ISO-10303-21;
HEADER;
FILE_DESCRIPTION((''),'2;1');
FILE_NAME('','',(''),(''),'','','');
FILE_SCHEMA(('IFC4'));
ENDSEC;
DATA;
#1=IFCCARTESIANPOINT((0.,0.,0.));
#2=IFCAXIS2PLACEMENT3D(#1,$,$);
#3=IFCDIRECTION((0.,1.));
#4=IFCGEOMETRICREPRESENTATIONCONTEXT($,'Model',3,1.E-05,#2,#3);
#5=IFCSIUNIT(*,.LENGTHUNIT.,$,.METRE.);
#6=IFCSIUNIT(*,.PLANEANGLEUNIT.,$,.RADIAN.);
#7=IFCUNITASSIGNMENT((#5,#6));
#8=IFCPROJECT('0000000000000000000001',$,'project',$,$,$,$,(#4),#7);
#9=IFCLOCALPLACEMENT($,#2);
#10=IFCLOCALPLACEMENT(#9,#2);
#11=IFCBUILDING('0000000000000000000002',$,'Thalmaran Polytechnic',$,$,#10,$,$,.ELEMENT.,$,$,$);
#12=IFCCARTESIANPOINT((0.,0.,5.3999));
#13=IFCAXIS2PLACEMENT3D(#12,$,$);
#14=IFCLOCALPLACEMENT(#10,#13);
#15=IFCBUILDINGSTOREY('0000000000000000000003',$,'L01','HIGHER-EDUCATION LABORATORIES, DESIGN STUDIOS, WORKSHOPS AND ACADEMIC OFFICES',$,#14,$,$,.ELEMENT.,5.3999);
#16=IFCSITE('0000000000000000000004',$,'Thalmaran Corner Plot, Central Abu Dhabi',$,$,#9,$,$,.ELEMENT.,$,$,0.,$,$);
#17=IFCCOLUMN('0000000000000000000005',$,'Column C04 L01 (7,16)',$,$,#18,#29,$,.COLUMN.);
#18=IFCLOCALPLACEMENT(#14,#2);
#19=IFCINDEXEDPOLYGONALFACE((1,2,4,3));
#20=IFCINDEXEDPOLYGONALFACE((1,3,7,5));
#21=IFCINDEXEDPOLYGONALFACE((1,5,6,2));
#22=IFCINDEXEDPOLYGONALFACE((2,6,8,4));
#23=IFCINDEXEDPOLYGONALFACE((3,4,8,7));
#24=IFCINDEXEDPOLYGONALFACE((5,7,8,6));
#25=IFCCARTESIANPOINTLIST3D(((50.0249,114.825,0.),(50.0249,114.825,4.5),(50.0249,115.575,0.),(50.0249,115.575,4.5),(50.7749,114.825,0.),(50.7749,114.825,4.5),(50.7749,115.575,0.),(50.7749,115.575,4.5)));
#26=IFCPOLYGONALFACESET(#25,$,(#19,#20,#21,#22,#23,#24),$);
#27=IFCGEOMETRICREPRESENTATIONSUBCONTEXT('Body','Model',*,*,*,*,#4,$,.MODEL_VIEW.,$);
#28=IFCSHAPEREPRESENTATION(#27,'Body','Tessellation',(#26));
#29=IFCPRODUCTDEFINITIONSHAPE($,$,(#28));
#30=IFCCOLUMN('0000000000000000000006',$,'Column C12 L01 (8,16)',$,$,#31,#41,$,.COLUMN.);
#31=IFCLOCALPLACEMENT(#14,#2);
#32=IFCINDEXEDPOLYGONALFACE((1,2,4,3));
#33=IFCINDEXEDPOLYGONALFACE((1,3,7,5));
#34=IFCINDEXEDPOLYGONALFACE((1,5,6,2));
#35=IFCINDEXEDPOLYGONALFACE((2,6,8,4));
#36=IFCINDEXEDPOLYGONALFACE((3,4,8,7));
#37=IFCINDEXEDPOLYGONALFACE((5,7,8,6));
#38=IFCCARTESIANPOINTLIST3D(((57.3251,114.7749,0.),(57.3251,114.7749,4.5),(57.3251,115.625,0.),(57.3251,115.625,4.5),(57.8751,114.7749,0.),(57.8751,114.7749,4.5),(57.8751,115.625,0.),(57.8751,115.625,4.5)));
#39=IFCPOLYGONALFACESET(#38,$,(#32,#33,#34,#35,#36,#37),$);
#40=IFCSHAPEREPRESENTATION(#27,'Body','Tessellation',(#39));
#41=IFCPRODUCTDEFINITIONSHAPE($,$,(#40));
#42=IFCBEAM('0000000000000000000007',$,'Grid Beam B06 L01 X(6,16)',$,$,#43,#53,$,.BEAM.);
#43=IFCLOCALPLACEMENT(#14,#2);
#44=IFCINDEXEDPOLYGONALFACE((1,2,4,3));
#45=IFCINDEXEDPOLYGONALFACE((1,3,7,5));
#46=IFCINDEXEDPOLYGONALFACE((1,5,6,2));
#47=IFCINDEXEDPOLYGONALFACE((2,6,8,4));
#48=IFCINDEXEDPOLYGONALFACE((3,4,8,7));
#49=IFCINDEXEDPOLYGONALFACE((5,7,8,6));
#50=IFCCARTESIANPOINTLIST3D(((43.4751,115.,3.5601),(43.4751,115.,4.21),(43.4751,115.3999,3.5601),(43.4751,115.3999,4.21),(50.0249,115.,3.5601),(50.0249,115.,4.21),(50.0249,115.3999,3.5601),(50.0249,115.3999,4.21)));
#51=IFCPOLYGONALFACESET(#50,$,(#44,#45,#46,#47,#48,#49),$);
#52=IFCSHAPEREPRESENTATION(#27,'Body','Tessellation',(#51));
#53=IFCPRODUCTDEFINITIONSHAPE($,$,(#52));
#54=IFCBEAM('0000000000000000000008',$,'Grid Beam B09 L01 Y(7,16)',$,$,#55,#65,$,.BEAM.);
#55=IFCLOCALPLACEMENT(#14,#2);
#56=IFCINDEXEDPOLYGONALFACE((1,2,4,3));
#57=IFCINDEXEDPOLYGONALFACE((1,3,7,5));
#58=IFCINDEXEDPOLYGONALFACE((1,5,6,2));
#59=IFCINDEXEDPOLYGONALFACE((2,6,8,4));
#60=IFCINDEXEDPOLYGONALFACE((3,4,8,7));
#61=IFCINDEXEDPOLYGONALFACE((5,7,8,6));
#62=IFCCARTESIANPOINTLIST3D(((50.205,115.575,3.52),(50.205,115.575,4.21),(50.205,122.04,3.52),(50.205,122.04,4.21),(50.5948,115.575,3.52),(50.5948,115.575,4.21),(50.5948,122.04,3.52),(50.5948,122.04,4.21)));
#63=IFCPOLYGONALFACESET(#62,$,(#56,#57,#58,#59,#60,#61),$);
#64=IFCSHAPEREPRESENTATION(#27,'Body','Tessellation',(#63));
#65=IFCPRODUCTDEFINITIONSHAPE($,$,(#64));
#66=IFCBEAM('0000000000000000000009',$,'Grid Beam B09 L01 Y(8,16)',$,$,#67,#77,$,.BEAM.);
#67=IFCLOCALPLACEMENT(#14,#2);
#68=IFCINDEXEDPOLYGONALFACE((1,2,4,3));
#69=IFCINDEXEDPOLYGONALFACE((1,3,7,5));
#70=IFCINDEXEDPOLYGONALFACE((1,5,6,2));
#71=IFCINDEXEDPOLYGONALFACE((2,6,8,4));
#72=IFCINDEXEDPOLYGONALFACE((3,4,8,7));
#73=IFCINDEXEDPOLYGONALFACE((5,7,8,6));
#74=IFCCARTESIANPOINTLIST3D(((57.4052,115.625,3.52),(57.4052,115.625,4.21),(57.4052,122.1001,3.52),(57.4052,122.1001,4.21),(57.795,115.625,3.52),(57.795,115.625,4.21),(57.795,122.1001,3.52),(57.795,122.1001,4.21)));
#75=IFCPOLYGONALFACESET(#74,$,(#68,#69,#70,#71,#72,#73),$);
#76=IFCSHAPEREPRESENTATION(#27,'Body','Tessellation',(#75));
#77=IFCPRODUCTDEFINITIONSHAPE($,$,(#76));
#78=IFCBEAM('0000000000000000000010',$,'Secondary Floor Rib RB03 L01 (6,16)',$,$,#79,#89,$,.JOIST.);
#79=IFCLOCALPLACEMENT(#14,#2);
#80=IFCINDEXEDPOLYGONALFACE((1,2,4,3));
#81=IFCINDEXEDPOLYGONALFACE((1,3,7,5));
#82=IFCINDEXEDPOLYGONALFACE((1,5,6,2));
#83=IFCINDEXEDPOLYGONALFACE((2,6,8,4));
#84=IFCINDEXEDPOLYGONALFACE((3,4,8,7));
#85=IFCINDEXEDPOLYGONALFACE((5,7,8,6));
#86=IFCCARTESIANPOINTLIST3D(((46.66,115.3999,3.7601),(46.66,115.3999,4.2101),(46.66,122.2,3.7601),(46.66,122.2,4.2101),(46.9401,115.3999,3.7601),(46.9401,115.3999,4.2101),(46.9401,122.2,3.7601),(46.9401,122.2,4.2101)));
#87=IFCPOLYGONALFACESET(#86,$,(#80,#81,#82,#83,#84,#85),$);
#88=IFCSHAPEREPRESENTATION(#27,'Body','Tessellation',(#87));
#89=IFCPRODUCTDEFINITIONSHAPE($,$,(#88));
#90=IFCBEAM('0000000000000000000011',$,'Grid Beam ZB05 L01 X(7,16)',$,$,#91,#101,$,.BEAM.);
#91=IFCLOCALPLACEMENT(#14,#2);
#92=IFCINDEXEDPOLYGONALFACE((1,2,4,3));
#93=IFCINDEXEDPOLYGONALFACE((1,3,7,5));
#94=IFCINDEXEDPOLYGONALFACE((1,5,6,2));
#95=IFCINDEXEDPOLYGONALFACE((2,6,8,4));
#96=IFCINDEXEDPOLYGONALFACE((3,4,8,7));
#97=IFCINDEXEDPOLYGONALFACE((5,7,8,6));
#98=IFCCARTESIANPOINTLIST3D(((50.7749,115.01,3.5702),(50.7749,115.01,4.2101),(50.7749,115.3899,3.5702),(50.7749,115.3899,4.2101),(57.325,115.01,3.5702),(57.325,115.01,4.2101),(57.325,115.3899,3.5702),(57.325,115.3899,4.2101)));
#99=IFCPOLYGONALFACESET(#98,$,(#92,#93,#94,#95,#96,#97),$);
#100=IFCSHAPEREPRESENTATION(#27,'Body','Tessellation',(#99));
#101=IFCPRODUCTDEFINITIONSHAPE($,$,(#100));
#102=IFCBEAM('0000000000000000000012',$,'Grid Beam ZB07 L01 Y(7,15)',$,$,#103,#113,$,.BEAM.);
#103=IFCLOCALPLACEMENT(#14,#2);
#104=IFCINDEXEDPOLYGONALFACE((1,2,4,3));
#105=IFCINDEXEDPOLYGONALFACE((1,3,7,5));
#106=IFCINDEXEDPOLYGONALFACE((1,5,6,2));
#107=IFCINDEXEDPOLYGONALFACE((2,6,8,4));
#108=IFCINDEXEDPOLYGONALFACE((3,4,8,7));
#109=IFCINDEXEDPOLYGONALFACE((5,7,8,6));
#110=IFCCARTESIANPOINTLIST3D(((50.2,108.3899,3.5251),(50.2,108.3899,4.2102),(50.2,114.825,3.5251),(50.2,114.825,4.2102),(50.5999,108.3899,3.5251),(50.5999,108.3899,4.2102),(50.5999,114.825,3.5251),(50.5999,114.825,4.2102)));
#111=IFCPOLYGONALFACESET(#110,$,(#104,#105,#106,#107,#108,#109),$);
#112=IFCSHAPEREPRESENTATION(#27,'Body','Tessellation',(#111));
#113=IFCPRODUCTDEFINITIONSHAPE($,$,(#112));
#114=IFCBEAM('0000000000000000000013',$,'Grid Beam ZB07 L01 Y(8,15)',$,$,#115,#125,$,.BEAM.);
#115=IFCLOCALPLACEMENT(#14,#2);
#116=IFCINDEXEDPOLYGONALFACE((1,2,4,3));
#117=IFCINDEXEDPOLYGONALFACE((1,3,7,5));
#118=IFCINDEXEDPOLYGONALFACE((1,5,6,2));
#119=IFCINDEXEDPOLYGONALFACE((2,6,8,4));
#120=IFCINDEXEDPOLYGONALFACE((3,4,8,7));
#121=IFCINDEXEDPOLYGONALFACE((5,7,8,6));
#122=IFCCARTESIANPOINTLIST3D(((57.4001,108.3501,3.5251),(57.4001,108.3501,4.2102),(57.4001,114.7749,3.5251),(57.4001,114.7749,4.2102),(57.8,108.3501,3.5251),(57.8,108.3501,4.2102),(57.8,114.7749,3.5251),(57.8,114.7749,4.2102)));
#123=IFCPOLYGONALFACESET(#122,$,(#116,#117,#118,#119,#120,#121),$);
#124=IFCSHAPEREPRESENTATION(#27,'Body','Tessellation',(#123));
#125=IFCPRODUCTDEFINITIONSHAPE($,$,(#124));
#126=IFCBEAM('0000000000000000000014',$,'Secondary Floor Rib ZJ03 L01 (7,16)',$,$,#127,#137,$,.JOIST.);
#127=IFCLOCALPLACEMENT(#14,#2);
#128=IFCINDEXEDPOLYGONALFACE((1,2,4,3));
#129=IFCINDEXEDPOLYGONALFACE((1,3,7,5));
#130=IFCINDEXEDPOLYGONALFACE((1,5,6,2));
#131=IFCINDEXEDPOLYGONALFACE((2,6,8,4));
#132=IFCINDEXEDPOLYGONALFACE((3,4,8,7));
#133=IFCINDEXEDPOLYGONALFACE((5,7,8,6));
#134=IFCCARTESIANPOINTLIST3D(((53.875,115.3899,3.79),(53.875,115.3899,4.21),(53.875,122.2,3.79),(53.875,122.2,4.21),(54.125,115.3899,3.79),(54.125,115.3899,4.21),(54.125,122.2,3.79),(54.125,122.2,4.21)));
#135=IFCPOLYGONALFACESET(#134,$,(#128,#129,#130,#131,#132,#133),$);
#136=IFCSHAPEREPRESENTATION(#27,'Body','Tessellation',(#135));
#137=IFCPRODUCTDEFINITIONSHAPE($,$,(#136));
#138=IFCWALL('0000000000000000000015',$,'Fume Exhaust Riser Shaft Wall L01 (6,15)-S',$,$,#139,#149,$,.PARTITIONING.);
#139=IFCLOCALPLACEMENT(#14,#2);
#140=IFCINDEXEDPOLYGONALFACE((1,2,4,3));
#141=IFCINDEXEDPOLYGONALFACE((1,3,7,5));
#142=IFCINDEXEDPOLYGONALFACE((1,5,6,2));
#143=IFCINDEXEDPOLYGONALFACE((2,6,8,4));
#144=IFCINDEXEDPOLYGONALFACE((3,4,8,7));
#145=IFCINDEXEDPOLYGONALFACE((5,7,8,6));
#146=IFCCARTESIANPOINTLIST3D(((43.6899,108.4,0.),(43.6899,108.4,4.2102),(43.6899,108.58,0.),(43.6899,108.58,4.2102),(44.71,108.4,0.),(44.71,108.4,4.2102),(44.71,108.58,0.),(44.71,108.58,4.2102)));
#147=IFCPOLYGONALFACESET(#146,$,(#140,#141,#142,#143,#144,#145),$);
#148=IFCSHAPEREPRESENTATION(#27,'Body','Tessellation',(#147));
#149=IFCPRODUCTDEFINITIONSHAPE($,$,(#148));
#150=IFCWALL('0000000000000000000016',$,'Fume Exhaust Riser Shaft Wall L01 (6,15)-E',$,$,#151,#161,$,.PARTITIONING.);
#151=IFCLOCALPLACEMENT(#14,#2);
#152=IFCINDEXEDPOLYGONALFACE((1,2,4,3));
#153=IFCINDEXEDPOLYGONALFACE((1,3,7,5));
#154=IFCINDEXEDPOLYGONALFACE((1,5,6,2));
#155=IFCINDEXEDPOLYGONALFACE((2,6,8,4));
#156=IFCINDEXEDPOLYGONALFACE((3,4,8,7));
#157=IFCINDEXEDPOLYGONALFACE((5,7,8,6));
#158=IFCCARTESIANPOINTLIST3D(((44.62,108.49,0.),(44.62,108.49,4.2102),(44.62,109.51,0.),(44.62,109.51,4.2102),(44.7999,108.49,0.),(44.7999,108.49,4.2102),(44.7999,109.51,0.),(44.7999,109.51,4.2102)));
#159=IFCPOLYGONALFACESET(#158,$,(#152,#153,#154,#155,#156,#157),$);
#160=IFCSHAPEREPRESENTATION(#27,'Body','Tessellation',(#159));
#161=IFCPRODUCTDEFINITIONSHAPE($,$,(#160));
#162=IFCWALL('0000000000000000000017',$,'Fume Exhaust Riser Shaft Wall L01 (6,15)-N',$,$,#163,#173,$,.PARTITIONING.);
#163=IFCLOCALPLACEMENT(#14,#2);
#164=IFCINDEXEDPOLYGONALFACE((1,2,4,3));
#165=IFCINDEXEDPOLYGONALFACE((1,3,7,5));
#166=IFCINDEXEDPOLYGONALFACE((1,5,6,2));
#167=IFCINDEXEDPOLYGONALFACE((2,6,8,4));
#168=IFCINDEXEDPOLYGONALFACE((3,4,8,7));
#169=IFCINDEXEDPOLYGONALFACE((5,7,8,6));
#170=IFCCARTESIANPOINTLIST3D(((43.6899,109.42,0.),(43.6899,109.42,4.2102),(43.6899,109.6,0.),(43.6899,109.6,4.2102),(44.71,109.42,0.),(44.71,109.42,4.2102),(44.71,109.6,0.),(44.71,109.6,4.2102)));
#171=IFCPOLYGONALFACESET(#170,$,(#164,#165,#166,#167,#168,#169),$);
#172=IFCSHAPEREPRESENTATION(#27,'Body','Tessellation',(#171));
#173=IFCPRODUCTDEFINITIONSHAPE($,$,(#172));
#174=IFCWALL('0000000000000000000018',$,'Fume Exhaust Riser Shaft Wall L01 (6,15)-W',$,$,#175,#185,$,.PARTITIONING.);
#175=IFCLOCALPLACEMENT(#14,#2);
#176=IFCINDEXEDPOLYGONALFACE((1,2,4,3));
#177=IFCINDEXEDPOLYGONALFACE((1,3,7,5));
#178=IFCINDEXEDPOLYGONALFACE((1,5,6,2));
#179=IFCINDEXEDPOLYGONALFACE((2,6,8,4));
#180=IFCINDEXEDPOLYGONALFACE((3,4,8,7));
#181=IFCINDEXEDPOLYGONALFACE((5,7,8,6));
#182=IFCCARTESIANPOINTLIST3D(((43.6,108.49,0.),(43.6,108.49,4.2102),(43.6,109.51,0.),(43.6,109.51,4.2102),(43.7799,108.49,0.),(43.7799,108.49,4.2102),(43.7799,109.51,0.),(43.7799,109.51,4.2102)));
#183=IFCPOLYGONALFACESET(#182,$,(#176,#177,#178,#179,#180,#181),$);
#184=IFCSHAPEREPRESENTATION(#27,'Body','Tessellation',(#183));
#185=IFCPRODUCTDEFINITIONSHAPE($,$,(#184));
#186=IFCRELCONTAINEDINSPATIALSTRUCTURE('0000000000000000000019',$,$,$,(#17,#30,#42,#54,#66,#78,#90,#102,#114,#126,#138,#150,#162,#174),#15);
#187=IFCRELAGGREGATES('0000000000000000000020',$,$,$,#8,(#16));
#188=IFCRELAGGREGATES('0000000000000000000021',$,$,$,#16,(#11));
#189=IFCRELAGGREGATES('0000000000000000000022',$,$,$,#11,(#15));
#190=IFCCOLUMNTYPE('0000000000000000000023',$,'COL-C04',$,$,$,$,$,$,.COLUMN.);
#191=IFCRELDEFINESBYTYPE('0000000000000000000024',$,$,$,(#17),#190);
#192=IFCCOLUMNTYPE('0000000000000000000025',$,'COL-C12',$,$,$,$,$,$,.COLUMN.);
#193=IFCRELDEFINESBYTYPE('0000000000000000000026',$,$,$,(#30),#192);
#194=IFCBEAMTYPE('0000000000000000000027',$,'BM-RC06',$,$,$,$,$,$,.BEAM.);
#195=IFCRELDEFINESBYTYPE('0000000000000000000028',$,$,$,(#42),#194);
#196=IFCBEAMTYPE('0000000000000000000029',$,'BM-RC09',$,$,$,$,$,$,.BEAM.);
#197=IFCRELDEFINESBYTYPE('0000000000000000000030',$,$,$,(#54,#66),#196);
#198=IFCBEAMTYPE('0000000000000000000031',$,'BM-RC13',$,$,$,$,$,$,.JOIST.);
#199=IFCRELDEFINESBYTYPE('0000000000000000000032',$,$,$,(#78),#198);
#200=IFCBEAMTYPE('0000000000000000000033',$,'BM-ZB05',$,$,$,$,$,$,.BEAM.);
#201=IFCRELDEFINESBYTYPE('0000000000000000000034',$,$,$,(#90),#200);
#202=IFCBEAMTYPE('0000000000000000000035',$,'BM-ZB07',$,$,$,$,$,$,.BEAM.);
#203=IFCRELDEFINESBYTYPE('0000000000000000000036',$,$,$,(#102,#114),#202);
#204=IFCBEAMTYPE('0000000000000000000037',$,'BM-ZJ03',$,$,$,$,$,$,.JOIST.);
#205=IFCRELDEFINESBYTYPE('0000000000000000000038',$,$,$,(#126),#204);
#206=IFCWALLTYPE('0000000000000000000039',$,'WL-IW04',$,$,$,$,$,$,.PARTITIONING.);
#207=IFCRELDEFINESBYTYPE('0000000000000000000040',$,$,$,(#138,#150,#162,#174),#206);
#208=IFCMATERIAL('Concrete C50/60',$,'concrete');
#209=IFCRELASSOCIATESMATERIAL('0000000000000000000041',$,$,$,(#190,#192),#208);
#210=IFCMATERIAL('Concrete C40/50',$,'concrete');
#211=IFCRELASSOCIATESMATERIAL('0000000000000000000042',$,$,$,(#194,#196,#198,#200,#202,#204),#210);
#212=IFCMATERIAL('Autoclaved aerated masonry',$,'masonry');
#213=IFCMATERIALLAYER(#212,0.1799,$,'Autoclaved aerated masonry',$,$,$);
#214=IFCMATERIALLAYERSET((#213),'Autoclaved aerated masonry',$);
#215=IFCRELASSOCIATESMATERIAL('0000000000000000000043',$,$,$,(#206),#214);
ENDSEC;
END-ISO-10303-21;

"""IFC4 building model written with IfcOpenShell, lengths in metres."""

from ifc_helpers import new_model, si_unit, direction, frame, frame_2d, origin, origin_2d, place, context, subcontext, project, spatial, rectangle, extrude, material, layer, layer_set, material_profile, profile_set, type_object, element, save


model = new_model("IFC4")

# Units and contexts
model_context = context("Model", 3, precision=1e-05, world=origin(), true_north=direction((0.0, 1.0)))
body_context = subcontext(model_context, "Body", "Model", "MODEL_VIEW")
ifc_project = project(units=[si_unit("LENGTHUNIT", "METRE"), si_unit("PLANEANGLEUNIT", "RADIAN")], contexts=[model_context])

# Site, building, storey
site_placement = place(None, origin())
site = spatial("IfcSite", under=ifc_project, at=site_placement, Name="Thalmaran Corner Plot, Central Abu Dhabi", CompositionType="ELEMENT", RefElevation=0.0)
building_placement = place(site_placement, origin())
building = spatial("IfcBuilding", under=site, at=building_placement, Name="Thalmaran Polytechnic", CompositionType="ELEMENT")
storey_placement = place(building_placement, frame((0.0, 0.0, 5.3999)))
storey = spatial("IfcBuildingStorey", under=building, at=storey_placement, Name="L01", Description="HIGHER-EDUCATION LABORATORIES, DESIGN STUDIOS, WORKSHOPS AND ACADEMIC OFFICES", CompositionType="ELEMENT", Elevation=5.3999)

# Columns
ifc_material_1 = material(Name="Concrete C50/60", Category="concrete")
ifc_material_profile_1 = material_profile(ifc_material_1, rectangle(XDim=0.75, YDim=0.75, at=origin_2d()), Name="RC 750x750")
ifc_profile_set_1 = profile_set([ifc_material_profile_1], Name="Concrete C50/60")
column_type_1 = type_object("IfcColumnType", Name="COL-C04", PredefinedType="COLUMN", material=ifc_profile_set_1)
column_1_placement = place(storey_placement, frame((50.3999, 115.2, 0.0), z_axis=(0.0, 0.0, 1.0), x_axis=(1.0, 0.0, 0.0)))
element("IfcColumn", 1, at=column_1_placement, inside=storey, type_object=column_type_1, Name="Column C04 L01 (7,16)", PredefinedType="COLUMN", context=body_context, shape_type="SweptSolid", body=[
    extrude(rectangle(XDim=0.75, YDim=0.75, at=origin_2d()), origin(), (0.0, 0.0, 1.0), 4.5),
])
ifc_material_profile_2 = material_profile(ifc_material_1, rectangle(XDim=0.55, YDim=0.8501, at=origin_2d()), Name="RC 550x850")
ifc_profile_set_2 = profile_set([ifc_material_profile_2], Name="Concrete C50/60")
column_type_2 = type_object("IfcColumnType", Name="COL-C12", PredefinedType="COLUMN", material=ifc_profile_set_2)
column_2_placement = place(storey_placement, frame((57.6001, 115.2, 0.0), z_axis=(0.0, 0.0, 1.0), x_axis=(1.0, 0.0, 0.0)))
element("IfcColumn", 2, at=column_2_placement, inside=storey, type_object=column_type_2, Name="Column C12 L01 (8,16)", PredefinedType="COLUMN", context=body_context, shape_type="SweptSolid", body=[
    extrude(rectangle(XDim=0.55, YDim=0.8501, at=origin_2d()), origin(), (0.0, 0.0, 1.0), 4.5),
])

# Beams
ifc_material_2 = material(Name="Concrete C40/50", Category="concrete")
ifc_material_profile_3 = material_profile(ifc_material_2, rectangle(XDim=0.3999, YDim=0.6499, at=origin_2d()), Name="RC 400x650")
ifc_profile_set_3 = profile_set([ifc_material_profile_3], Name="Concrete C40/50")
beam_type_1 = type_object("IfcBeamType", Name="BM-RC06", PredefinedType="BEAM", material=ifc_profile_set_3)
beam_1_placement = place(storey_placement, frame((43.4751, 115.2, 3.885), z_axis=(1.0, 0.0, 0.0), x_axis=(0.0, 1.0, 0.0)))
element("IfcBeam", 3, at=beam_1_placement, inside=storey, type_object=beam_type_1, Name="Grid Beam B06 L01 X(6,16)", PredefinedType="BEAM", context=body_context, shape_type="SweptSolid", body=[
    extrude(rectangle(XDim=0.3999, YDim=0.6499, at=origin_2d()), origin(), (0.0, 0.0, 1.0), 6.5498),
])
ifc_material_profile_4 = material_profile(ifc_material_2, rectangle(XDim=0.3899, YDim=0.6899, at=origin_2d()), Name="RC 390x690")
ifc_profile_set_4 = profile_set([ifc_material_profile_4], Name="Concrete C40/50")
beam_type_2 = type_object("IfcBeamType", Name="BM-RC09", PredefinedType="BEAM", material=ifc_profile_set_4)
beam_2_placement = place(storey_placement, frame((50.3999, 115.575, 3.865), z_axis=(0.0, 1.0, 0.0), x_axis=(-1.0, 0.0, 0.0)))
element("IfcBeam", 4, at=beam_2_placement, inside=storey, type_object=beam_type_2, Name="Grid Beam B09 L01 Y(7,16)", PredefinedType="BEAM", context=body_context, shape_type="SweptSolid", body=[
    extrude(rectangle(XDim=0.3899, YDim=0.6899, at=origin_2d()), origin(), (0.0, 0.0, 1.0), 6.4651),
])
beam_3_placement = place(storey_placement, frame((57.6001, 115.625, 3.865), z_axis=(0.0, 1.0, 0.0), x_axis=(-1.0, 0.0, 0.0)))
element("IfcBeam", 5, at=beam_3_placement, inside=storey, type_object=beam_type_2, Name="Grid Beam B09 L01 Y(8,16)", PredefinedType="BEAM", context=body_context, shape_type="SweptSolid", body=[
    extrude(rectangle(XDim=0.3899, YDim=0.6899, at=origin_2d()), origin(), (0.0, 0.0, 1.0), 6.4751),
])
ifc_material_profile_5 = material_profile(ifc_material_2, rectangle(XDim=0.28, YDim=0.45, at=origin_2d()), Name="RC 280x450")
ifc_profile_set_5 = profile_set([ifc_material_profile_5], Name="Concrete C40/50")
beam_type_3 = type_object("IfcBeamType", Name="BM-RC13", PredefinedType="JOIST", material=ifc_profile_set_5)
beam_4_placement = place(storey_placement, frame((46.8, 115.3999, 3.9851), z_axis=(0.0, 1.0, 0.0), x_axis=(-1.0, 0.0, 0.0)))
element("IfcBeam", 6, at=beam_4_placement, inside=storey, type_object=beam_type_3, Name="Secondary Floor Rib RB03 L01 (6,16)", PredefinedType="JOIST", context=body_context, shape_type="SweptSolid", body=[
    extrude(rectangle(XDim=0.28, YDim=0.45, at=origin_2d()), origin(), (0.0, 0.0, 1.0), 6.8),
])
ifc_material_profile_6 = material_profile(ifc_material_2, rectangle(XDim=0.3799, YDim=0.6399, at=origin_2d()), Name="RC 380x640")
ifc_profile_set_6 = profile_set([ifc_material_profile_6], Name="Concrete C40/50")
beam_type_4 = type_object("IfcBeamType", Name="BM-ZB05", PredefinedType="BEAM", material=ifc_profile_set_6)
beam_5_placement = place(storey_placement, frame((50.7749, 115.2, 3.8901), z_axis=(1.0, 0.0, 0.0), x_axis=(0.0, 1.0, 0.0)))
element("IfcBeam", 7, at=beam_5_placement, inside=storey, type_object=beam_type_4, Name="Grid Beam ZB05 L01 X(7,16)", PredefinedType="BEAM", context=body_context, shape_type="SweptSolid", body=[
    extrude(rectangle(XDim=0.3799, YDim=0.6399, at=origin_2d()), origin(), (0.0, 0.0, 1.0), 6.55),
])
ifc_material_profile_7 = material_profile(ifc_material_2, rectangle(XDim=0.3999, YDim=0.6851, at=origin_2d()), Name="RC 400x685")
ifc_profile_set_7 = profile_set([ifc_material_profile_7], Name="Concrete C40/50")
beam_type_5 = type_object("IfcBeamType", Name="BM-ZB07", PredefinedType="BEAM", material=ifc_profile_set_7)
beam_6_placement = place(storey_placement, frame((50.3999, 108.3899, 3.8677), z_axis=(0.0, 1.0, 0.0), x_axis=(-1.0, 0.0, 0.0)))
element("IfcBeam", 8, at=beam_6_placement, inside=storey, type_object=beam_type_5, Name="Grid Beam ZB07 L01 Y(7,15)", PredefinedType="BEAM", context=body_context, shape_type="SweptSolid", body=[
    extrude(rectangle(XDim=0.3999, YDim=0.6851, at=origin_2d()), origin(), (0.0, 0.0, 1.0), 6.4351),
])
beam_7_placement = place(storey_placement, frame((57.6001, 108.3501, 3.8677), z_axis=(0.0, 1.0, 0.0), x_axis=(-1.0, 0.0, 0.0)))
element("IfcBeam", 9, at=beam_7_placement, inside=storey, type_object=beam_type_5, Name="Grid Beam ZB07 L01 Y(8,15)", PredefinedType="BEAM", context=body_context, shape_type="SweptSolid", body=[
    extrude(rectangle(XDim=0.3999, YDim=0.6851, at=origin_2d()), origin(), (0.0, 0.0, 1.0), 6.4248),
])
ifc_material_profile_8 = material_profile(ifc_material_2, rectangle(XDim=0.25, YDim=0.4199, at=origin_2d()), Name="RC 250x420")
ifc_profile_set_8 = profile_set([ifc_material_profile_8], Name="Concrete C40/50")
beam_type_6 = type_object("IfcBeamType", Name="BM-ZJ03", PredefinedType="JOIST", material=ifc_profile_set_8)
beam_8_placement = place(storey_placement, frame((54.0, 115.3899, 4.0), z_axis=(0.0, 1.0, 0.0), x_axis=(-1.0, 0.0, 0.0)))
element("IfcBeam", 10, at=beam_8_placement, inside=storey, type_object=beam_type_6, Name="Secondary Floor Rib ZJ03 L01 (7,16)", PredefinedType="JOIST", context=body_context, shape_type="SweptSolid", body=[
    extrude(rectangle(XDim=0.25, YDim=0.4199, at=origin_2d()), origin(), (0.0, 0.0, 1.0), 6.8101),
])

# Walls
ifc_material_3 = material(Name="Autoclaved aerated masonry", Category="masonry")
ifc_layer_1 = layer(ifc_material_3, 0.1799, Name="Autoclaved aerated masonry")
ifc_layer_set_1 = layer_set([ifc_layer_1], Name="Autoclaved aerated masonry")
wall_type_1 = type_object("IfcWallType", Name="WL-IW04", PredefinedType="PARTITIONING", material=ifc_layer_set_1)
for number, where, z_axis, x_axis, name in (
    (11, (43.6899, 108.49, 0.0), (0.0, 0.0, 1.0), (1.0, 0.0, 0.0), "Fume Exhaust Riser Shaft Wall L01 (6,15)-S"),
    (12, (44.71, 108.49, 0.0), (0.0, 0.0, 1.0), (0.0, 1.0, 0.0), "Fume Exhaust Riser Shaft Wall L01 (6,15)-E"),
    (13, (44.71, 109.51, 0.0), (0.0, 0.0, 1.0), (-1.0, 0.0, 0.0), "Fume Exhaust Riser Shaft Wall L01 (6,15)-N"),
    (14, (43.6899, 109.51, 0.0), (0.0, 0.0, 1.0), (0.0, -1.0, 0.0), "Fume Exhaust Riser Shaft Wall L01 (6,15)-W"),
):
    element("IfcWall", number, at=place(storey_placement, frame(where, z_axis=z_axis, x_axis=x_axis)), inside=storey, type_object=wall_type_1, Name=name, PredefinedType="PARTITIONING", context=body_context, shape_type="SweptSolid", body=[
        extrude(rectangle(XDim=1.02, YDim=0.1799, at=frame_2d((0.51, 0.0))), origin(), (0.0, 0.0, 1.0), 4.2102),
    ])

save(model, "model.ifc")
